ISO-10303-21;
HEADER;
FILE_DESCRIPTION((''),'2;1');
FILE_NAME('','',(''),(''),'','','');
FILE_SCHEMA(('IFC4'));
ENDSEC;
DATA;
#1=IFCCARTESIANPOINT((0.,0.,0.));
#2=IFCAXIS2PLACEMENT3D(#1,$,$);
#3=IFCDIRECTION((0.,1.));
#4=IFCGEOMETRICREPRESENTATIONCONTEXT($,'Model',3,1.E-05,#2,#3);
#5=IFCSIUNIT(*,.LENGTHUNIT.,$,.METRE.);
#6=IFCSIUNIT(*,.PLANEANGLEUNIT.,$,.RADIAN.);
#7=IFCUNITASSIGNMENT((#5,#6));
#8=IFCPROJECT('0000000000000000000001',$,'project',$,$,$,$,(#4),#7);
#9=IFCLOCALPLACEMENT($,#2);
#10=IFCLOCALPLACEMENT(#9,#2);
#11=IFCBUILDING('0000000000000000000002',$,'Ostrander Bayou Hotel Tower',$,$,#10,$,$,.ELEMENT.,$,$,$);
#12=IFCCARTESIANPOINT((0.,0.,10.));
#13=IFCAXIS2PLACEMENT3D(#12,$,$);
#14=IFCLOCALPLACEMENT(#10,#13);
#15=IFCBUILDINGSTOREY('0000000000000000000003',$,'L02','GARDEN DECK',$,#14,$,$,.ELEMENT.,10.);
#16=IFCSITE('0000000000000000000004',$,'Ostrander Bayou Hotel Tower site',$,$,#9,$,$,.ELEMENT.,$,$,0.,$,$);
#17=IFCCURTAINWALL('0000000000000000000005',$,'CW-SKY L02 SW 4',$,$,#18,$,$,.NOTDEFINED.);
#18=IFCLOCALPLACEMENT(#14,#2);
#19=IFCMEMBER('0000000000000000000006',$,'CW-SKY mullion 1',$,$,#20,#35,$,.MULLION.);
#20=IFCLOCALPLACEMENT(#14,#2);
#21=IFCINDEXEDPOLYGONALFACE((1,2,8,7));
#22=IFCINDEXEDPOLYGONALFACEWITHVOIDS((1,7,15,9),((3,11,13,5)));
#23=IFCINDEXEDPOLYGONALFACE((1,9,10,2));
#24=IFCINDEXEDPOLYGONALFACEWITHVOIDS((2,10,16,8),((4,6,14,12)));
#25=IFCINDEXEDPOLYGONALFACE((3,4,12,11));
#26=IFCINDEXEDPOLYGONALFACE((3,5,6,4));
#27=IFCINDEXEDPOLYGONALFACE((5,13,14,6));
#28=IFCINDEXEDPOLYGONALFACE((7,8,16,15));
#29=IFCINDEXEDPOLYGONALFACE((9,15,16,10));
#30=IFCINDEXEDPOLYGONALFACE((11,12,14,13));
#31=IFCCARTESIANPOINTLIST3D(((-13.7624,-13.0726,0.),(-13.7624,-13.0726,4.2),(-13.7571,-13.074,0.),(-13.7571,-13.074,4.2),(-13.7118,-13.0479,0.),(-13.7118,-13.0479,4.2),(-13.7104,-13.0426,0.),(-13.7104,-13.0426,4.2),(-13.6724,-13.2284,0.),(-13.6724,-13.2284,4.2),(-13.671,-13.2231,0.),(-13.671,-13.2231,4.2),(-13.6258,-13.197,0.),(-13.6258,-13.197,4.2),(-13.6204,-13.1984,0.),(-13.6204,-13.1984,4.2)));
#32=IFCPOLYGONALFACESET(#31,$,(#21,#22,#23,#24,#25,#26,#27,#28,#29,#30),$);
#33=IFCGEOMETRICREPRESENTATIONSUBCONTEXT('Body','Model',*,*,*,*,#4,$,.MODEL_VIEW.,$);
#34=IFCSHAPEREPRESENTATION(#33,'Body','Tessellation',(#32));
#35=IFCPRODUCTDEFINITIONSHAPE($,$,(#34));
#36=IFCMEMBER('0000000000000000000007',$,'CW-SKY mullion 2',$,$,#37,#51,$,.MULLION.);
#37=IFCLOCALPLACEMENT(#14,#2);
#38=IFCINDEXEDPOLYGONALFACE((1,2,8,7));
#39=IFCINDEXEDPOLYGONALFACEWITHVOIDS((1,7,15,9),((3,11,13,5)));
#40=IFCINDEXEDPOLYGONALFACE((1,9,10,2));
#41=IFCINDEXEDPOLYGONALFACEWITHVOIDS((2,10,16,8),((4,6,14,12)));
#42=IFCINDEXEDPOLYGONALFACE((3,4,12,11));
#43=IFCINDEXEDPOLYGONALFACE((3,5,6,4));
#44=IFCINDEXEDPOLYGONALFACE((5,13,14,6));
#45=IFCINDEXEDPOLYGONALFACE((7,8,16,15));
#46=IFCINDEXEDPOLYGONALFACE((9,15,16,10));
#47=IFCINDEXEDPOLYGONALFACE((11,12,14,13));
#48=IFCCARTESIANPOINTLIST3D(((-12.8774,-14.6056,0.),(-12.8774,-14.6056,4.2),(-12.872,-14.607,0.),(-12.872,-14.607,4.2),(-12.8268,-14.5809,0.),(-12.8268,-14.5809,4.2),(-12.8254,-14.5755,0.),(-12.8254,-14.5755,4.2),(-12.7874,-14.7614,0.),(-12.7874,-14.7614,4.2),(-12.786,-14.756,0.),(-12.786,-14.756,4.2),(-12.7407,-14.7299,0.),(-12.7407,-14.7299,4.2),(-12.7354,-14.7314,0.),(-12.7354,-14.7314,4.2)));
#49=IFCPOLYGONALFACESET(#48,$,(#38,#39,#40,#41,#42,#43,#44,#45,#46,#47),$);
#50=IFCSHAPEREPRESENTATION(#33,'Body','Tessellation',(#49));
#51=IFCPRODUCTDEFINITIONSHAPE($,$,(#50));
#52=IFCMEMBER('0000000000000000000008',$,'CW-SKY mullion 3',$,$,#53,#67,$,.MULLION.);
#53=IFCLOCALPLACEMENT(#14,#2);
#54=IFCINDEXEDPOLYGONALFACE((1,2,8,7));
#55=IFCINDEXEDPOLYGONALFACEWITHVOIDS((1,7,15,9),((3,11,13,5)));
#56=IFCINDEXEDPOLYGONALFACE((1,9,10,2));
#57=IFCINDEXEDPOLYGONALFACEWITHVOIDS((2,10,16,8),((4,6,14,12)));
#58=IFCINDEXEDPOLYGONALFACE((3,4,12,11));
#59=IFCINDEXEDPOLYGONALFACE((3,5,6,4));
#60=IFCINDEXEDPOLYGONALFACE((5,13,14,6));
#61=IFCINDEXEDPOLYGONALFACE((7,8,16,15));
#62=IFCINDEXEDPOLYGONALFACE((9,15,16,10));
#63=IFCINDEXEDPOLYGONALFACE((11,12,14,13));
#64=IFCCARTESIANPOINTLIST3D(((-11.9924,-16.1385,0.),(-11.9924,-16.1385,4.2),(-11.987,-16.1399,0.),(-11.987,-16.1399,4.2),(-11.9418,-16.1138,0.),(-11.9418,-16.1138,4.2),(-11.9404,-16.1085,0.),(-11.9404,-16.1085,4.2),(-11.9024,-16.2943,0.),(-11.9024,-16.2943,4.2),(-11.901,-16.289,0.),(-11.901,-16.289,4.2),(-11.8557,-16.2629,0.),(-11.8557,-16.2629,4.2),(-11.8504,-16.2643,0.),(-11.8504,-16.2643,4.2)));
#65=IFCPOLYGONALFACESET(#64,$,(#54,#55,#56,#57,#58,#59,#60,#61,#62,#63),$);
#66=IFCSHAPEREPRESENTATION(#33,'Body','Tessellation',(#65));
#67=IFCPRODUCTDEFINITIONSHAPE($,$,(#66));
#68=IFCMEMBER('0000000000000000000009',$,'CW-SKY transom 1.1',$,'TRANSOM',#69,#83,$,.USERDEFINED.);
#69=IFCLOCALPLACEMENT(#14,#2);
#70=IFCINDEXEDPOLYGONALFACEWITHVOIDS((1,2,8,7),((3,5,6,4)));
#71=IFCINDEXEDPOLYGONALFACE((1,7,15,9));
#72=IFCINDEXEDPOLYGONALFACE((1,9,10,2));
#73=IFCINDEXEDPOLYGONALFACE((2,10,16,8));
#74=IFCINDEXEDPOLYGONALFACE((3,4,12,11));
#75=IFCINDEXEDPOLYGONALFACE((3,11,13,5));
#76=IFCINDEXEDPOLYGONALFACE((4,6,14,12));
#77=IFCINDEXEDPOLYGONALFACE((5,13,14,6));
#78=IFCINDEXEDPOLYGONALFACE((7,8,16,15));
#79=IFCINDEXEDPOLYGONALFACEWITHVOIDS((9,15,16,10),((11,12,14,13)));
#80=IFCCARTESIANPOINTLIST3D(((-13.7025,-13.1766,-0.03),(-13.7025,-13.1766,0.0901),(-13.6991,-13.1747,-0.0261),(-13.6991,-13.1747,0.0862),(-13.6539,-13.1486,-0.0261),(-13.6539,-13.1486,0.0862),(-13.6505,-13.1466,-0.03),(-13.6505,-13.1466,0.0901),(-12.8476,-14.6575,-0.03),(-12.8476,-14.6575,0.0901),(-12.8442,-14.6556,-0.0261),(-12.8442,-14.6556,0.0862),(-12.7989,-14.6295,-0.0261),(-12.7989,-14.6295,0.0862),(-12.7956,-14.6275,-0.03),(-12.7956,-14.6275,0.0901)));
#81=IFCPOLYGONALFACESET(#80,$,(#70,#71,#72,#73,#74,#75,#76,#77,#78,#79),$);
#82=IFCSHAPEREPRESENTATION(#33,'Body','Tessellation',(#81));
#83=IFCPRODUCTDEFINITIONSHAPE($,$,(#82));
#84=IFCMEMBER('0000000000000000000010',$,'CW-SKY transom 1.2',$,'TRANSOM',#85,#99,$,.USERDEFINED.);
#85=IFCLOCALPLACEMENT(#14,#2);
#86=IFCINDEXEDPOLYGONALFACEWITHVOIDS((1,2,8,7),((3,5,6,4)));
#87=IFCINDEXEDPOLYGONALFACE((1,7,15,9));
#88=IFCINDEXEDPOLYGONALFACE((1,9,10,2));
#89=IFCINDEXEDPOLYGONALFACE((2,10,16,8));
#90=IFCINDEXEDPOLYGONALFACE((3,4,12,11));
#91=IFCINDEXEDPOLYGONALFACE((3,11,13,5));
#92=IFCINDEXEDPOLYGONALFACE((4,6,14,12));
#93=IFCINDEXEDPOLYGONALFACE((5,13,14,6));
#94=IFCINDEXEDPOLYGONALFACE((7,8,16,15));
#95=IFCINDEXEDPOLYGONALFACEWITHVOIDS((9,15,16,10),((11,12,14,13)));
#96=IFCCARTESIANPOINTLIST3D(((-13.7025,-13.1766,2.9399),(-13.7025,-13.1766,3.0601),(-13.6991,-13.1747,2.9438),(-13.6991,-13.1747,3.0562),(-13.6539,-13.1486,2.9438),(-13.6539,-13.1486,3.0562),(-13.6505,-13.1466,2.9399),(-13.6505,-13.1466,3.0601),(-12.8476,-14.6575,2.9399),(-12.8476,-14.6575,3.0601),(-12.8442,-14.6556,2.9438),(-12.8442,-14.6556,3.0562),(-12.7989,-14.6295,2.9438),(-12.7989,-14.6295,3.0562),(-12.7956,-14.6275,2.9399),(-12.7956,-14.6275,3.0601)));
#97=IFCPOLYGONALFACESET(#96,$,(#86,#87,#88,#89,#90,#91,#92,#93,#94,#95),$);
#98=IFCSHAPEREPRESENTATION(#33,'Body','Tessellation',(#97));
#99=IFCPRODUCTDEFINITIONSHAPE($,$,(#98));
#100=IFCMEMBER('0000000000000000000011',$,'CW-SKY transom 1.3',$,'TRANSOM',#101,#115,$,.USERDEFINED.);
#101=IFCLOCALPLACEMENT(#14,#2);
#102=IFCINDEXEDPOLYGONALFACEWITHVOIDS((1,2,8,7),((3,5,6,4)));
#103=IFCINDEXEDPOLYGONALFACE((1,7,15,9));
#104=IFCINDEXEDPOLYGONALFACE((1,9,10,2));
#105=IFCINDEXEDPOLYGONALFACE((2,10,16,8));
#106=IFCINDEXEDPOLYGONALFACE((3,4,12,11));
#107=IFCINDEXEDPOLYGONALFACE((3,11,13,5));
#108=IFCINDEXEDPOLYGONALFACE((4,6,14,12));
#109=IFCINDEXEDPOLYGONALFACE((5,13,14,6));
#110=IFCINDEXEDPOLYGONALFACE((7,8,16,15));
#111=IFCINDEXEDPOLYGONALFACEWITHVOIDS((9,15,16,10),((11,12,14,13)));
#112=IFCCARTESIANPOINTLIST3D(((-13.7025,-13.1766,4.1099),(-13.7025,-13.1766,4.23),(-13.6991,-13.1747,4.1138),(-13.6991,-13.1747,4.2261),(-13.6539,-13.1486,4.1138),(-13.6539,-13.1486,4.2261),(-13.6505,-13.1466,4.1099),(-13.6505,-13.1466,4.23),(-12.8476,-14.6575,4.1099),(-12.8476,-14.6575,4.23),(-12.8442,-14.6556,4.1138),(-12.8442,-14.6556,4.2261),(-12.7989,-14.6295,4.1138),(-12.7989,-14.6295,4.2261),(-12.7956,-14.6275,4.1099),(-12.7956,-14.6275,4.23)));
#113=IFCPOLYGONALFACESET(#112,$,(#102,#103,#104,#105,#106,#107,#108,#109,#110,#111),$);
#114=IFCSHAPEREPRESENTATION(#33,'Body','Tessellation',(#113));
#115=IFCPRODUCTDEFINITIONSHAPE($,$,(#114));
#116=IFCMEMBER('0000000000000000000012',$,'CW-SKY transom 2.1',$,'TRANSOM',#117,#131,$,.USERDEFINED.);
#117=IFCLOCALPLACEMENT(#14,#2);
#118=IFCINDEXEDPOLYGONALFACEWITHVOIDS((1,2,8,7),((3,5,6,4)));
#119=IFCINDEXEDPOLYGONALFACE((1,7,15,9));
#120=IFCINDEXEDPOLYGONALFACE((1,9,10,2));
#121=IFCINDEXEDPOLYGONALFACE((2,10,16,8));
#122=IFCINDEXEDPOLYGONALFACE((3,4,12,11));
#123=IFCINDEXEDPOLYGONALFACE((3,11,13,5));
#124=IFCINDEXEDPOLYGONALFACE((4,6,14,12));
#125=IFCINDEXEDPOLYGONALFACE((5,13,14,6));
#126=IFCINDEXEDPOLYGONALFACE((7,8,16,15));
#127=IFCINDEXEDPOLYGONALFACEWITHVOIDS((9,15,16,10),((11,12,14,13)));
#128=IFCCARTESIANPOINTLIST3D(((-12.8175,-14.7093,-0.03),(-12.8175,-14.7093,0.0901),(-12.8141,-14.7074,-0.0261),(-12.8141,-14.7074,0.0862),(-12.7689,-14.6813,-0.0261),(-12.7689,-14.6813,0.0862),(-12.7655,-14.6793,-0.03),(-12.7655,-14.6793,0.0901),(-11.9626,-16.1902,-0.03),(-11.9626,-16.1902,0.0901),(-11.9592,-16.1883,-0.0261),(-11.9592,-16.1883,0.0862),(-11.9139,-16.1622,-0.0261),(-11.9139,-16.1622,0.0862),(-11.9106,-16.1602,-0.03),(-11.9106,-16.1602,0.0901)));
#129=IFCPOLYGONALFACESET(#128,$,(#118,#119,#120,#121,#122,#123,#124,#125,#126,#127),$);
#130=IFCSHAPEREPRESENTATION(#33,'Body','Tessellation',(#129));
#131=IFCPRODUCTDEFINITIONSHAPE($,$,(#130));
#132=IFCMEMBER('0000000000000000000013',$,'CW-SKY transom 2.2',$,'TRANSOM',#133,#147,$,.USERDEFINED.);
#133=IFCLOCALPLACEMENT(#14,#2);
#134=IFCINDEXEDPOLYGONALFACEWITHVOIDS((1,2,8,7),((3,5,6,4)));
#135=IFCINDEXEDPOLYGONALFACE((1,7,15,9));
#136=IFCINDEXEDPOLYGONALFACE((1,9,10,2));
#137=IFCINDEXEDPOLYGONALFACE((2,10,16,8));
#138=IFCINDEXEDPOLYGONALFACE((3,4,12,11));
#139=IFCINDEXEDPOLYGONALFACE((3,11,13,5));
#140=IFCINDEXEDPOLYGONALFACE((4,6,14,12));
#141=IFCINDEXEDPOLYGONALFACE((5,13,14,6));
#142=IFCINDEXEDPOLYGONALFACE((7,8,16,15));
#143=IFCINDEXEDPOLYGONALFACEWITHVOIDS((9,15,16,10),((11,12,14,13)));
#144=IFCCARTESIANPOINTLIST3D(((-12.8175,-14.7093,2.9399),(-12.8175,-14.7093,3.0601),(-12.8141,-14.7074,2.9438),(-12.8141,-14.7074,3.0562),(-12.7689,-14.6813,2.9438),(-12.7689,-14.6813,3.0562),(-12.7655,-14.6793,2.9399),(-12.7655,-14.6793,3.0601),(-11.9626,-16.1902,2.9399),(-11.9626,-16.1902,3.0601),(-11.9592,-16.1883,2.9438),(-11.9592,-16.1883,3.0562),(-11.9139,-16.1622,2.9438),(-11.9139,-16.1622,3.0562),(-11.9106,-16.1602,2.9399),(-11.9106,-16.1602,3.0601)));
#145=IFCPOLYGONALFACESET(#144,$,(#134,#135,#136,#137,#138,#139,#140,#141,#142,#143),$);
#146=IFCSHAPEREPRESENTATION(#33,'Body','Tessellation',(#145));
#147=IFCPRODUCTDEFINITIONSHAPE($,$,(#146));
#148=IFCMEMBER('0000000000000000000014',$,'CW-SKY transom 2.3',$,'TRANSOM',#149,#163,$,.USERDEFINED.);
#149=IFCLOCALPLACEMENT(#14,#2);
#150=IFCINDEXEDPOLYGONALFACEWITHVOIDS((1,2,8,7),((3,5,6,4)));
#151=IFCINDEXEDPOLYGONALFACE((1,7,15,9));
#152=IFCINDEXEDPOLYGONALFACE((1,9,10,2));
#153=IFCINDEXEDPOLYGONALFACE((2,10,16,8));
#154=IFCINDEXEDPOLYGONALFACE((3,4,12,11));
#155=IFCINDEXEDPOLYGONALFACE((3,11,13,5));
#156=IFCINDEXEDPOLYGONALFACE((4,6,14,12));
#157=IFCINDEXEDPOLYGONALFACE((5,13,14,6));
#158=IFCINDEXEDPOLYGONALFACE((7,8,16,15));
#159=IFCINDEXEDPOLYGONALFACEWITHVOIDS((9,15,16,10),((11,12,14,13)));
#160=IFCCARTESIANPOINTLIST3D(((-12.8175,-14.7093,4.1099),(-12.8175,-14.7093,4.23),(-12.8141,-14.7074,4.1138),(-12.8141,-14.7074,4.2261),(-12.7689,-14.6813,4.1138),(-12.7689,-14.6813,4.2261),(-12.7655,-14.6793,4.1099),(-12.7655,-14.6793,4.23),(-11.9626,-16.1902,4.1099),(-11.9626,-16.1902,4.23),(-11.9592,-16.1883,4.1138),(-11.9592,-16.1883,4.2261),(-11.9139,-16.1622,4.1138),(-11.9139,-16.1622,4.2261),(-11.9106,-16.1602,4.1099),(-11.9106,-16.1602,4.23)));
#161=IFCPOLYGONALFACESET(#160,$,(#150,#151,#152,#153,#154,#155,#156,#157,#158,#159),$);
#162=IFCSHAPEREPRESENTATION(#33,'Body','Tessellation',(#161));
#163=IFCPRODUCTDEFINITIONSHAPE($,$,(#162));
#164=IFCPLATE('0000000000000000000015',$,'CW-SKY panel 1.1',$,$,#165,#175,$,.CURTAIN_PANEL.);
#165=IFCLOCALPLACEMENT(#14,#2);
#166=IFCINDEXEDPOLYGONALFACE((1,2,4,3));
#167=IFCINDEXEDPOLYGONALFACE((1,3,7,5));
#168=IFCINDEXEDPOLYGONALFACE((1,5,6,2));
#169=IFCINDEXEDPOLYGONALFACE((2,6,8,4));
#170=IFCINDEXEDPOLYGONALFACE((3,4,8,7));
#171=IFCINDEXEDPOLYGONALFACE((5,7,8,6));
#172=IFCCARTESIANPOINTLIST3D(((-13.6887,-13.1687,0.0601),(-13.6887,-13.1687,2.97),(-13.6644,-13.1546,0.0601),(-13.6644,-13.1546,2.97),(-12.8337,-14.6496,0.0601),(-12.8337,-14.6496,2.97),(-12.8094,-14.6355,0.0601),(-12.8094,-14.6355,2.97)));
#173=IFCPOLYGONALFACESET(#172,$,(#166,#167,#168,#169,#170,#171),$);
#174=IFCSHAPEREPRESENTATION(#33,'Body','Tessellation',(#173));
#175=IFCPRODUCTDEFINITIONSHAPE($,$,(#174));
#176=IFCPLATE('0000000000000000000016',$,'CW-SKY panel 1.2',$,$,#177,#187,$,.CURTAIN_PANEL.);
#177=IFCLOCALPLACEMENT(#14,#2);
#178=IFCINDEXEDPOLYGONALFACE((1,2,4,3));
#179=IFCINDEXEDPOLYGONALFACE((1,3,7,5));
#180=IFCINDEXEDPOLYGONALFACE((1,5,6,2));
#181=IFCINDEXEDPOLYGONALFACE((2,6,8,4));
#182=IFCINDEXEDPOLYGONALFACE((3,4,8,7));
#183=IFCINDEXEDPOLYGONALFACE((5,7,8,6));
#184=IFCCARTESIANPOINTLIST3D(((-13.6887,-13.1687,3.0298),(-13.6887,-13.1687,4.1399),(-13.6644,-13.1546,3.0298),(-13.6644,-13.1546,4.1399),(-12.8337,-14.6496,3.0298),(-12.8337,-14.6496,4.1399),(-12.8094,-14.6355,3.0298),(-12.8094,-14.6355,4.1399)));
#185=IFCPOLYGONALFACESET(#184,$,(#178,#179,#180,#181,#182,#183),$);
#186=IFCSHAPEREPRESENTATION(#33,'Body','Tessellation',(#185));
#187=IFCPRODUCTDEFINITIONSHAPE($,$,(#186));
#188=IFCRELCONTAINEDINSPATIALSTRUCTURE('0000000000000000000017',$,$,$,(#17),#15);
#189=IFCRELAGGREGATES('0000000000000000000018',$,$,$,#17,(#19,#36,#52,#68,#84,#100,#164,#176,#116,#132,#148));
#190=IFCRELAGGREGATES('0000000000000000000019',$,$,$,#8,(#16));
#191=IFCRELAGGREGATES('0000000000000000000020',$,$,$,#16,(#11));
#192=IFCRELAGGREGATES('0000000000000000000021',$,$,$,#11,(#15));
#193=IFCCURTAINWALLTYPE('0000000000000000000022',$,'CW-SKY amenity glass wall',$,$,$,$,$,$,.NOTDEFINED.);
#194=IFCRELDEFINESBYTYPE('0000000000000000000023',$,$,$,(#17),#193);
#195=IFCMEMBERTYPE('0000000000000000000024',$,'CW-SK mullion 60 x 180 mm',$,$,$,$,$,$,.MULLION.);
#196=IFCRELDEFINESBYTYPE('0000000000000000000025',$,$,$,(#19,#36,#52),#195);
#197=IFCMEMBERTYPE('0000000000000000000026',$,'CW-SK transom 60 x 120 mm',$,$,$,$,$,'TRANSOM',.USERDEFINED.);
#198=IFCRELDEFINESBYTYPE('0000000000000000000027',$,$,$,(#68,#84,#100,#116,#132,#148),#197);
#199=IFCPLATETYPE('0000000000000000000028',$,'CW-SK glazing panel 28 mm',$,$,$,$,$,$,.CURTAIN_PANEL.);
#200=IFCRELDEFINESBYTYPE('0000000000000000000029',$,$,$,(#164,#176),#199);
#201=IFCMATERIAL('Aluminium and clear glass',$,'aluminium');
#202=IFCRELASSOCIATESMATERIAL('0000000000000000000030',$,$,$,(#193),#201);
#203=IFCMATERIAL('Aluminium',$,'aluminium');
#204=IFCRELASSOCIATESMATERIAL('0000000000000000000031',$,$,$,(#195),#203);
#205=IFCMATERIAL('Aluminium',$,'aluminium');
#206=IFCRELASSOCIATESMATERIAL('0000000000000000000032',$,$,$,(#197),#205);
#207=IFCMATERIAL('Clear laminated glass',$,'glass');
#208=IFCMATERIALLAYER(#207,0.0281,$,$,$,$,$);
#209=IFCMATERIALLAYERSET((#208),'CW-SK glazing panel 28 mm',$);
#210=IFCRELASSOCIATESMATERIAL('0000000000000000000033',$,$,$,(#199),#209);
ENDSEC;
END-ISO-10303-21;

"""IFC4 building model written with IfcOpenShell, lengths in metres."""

from ifc_helpers import new_model, si_unit, direction, frame, origin, origin_2d, place, context, subcontext, project, spatial, rectangle, hollow_rectangle, extrude, material, layer, layer_set, material_profile, profile_set, type_object, element, aggregate, save


model = new_model("IFC4")

# Units and contexts
model_context = context("Model", 3, precision=1e-05, world=origin(), true_north=direction((0.0, 1.0)))
body_context = subcontext(model_context, "Body", "Model", "MODEL_VIEW")
ifc_project = project(units=[si_unit("LENGTHUNIT", "METRE"), si_unit("PLANEANGLEUNIT", "RADIAN")], contexts=[model_context])

# Site, building, storey
site_placement = place(None, origin())
site = spatial("IfcSite", under=ifc_project, at=site_placement, Name="Ostrander Bayou Hotel Tower site", CompositionType="ELEMENT", RefElevation=0.0)
building_placement = place(site_placement, origin())
building = spatial("IfcBuilding", under=site, at=building_placement, Name="Ostrander Bayou Hotel Tower", CompositionType="ELEMENT")
storey_placement = place(building_placement, frame((0.0, 0.0, 10.0)))
storey = spatial("IfcBuildingStorey", under=building, at=storey_placement, Name="L02", Description="GARDEN DECK", CompositionType="ELEMENT", Elevation=10.0)

# Curtain wall, members, plates
ifc_material_1 = material(Name="Aluminium and clear glass", Category="aluminium")
curtain_wall_type = type_object("IfcCurtainWallType", Name="CW-SKY amenity glass wall", PredefinedType="NOTDEFINED", material=ifc_material_1)
curtain_wall_placement = place(storey_placement, origin())
curtain_wall = element("IfcCurtainWall", 1, at=curtain_wall_placement, inside=storey, type_object=curtain_wall_type, Name="CW-SKY L02 SW 4", PredefinedType="NOTDEFINED")
ifc_material_2 = material(Name="Aluminium", Category="aluminium")
ifc_material_profile_1 = material_profile(ifc_material_2, hollow_rectangle(XDim=0.0601, YDim=0.1799, WallThickness=0.0039, at=origin_2d()))
ifc_profile_set_1 = profile_set([ifc_material_profile_1], Name="Aluminium")
member_type_1 = type_object("IfcMemberType", Name="CW-SK mullion 60 x 180 mm", PredefinedType="MULLION", material=ifc_profile_set_1)
member_1_placement = place(storey_placement, frame((-13.6914, -13.1355, 0.0), z_axis=(0.0, 0.0, 1.0), x_axis=(0.866026, 0.499999, 0.0)))
member_1 = element("IfcMember", 2, at=member_1_placement, type_object=member_type_1, Name="CW-SKY mullion 1", PredefinedType="MULLION", context=body_context, shape_type="SweptSolid", body=[
    extrude(hollow_rectangle(XDim=0.0601, YDim=0.1799, WallThickness=0.0039, at=origin_2d()), origin(), (0.0, 0.0, 1.0), 4.2),
])
member_2_placement = place(storey_placement, frame((-12.8064, -14.6685, 0.0), z_axis=(0.0, 0.0, 1.0), x_axis=(0.866026, 0.499999, 0.0)))
member_2 = element("IfcMember", 3, at=member_2_placement, type_object=member_type_1, Name="CW-SKY mullion 2", PredefinedType="MULLION", context=body_context, shape_type="SweptSolid", body=[
    extrude(hollow_rectangle(XDim=0.0601, YDim=0.1799, WallThickness=0.0039, at=origin_2d()), origin(), (0.0, 0.0, 1.0), 4.2),
])
member_3_placement = place(storey_placement, frame((-11.9214, -16.2014, 0.0), z_axis=(0.0, 0.0, 1.0), x_axis=(0.866026, 0.499999, 0.0)))
member_3 = element("IfcMember", 4, at=member_3_placement, type_object=member_type_1, Name="CW-SKY mullion 3", PredefinedType="MULLION", context=body_context, shape_type="SweptSolid", body=[
    extrude(hollow_rectangle(XDim=0.0601, YDim=0.1799, WallThickness=0.0039, at=origin_2d()), origin(), (0.0, 0.0, 1.0), 4.2),
])
ifc_material_3 = material(Name="Aluminium", Category="aluminium")
ifc_material_profile_2 = material_profile(ifc_material_3, hollow_rectangle(XDim=0.0601, YDim=0.1201, WallThickness=0.0039, at=origin_2d()))
ifc_profile_set_2 = profile_set([ifc_material_profile_2], Name="Aluminium")
member_type_2 = type_object("IfcMemberType", Name="CW-SK transom 60 x 120 mm", ElementType="TRANSOM", PredefinedType="USERDEFINED", material=ifc_profile_set_2)
member_4_placement = place(storey_placement, frame((-13.6765, -13.1616, 0.03), z_axis=(0.499978, -0.866038, 0.0), x_axis=(0.866038, 0.499978, 0.0)))
member_4 = element("IfcMember", 5, at=member_4_placement, type_object=member_type_2, Name="CW-SKY transom 1.1", ObjectType="TRANSOM", PredefinedType="USERDEFINED", context=body_context, shape_type="SweptSolid", body=[
    extrude(hollow_rectangle(XDim=0.0601, YDim=0.1201, WallThickness=0.0039, at=origin_2d()), origin(), (0.0, 0.0, 1.0), 1.71),
])
member_5_placement = place(storey_placement, frame((-13.6765, -13.1616, 3.0), z_axis=(0.499978, -0.866038, 0.0), x_axis=(0.866038, 0.499978, 0.0)))
member_5 = element("IfcMember", 6, at=member_5_placement, type_object=member_type_2, Name="CW-SKY transom 1.2", ObjectType="TRANSOM", PredefinedType="USERDEFINED", context=body_context, shape_type="SweptSolid", body=[
    extrude(hollow_rectangle(XDim=0.0601, YDim=0.1201, WallThickness=0.0039, at=origin_2d()), origin(), (0.0, 0.0, 1.0), 1.71),
])
member_6_placement = place(storey_placement, frame((-13.6765, -13.1616, 4.1699), z_axis=(0.499978, -0.866038, 0.0), x_axis=(0.866038, 0.499978, 0.0)))
member_6 = element("IfcMember", 7, at=member_6_placement, type_object=member_type_2, Name="CW-SKY transom 1.3", ObjectType="TRANSOM", PredefinedType="USERDEFINED", context=body_context, shape_type="SweptSolid", body=[
    extrude(hollow_rectangle(XDim=0.0601, YDim=0.1201, WallThickness=0.0039, at=origin_2d()), origin(), (0.0, 0.0, 1.0), 1.71),
])
member_7_placement = place(storey_placement, frame((-12.7915, -14.6943, 0.03), z_axis=(0.499978, -0.866038, 0.0), x_axis=(0.866038, 0.499978, 0.0)))
member_7 = element("IfcMember", 8, at=member_7_placement, type_object=member_type_2, Name="CW-SKY transom 2.1", ObjectType="TRANSOM", PredefinedType="USERDEFINED", context=body_context, shape_type="SweptSolid", body=[
    extrude(hollow_rectangle(XDim=0.0601, YDim=0.1201, WallThickness=0.0039, at=origin_2d()), origin(), (0.0, 0.0, 1.0), 1.71),
])
member_8_placement = place(storey_placement, frame((-12.7915, -14.6943, 3.0), z_axis=(0.499978, -0.866038, 0.0), x_axis=(0.866038, 0.499978, 0.0)))
member_8 = element("IfcMember", 9, at=member_8_placement, type_object=member_type_2, Name="CW-SKY transom 2.2", ObjectType="TRANSOM", PredefinedType="USERDEFINED", context=body_context, shape_type="SweptSolid", body=[
    extrude(hollow_rectangle(XDim=0.0601, YDim=0.1201, WallThickness=0.0039, at=origin_2d()), origin(), (0.0, 0.0, 1.0), 1.71),
])
member_9_placement = place(storey_placement, frame((-12.7915, -14.6943, 4.1699), z_axis=(0.499978, -0.866038, 0.0), x_axis=(0.866038, 0.499978, 0.0)))
member_9 = element("IfcMember", 10, at=member_9_placement, type_object=member_type_2, Name="CW-SKY transom 2.3", ObjectType="TRANSOM", PredefinedType="USERDEFINED", context=body_context, shape_type="SweptSolid", body=[
    extrude(hollow_rectangle(XDim=0.0601, YDim=0.1201, WallThickness=0.0039, at=origin_2d()), origin(), (0.0, 0.0, 1.0), 1.71),
])
ifc_material_4 = material(Name="Clear laminated glass", Category="glass")
ifc_layer_1 = layer(ifc_material_4, 0.0281)
ifc_layer_set_1 = layer_set([ifc_layer_1], Name="CW-SK glazing panel 28 mm")
plate_type = type_object("IfcPlateType", Name="CW-SK glazing panel 28 mm", PredefinedType="CURTAIN_PANEL", material=ifc_layer_set_1)
plate_1_placement = place(storey_placement, frame((-13.249, -13.9021, 0.0601), z_axis=(0.0, 0.0, 1.0), x_axis=(0.499999, -0.866026, 0.0)))
plate_1 = element("IfcPlate", 11, at=plate_1_placement, type_object=plate_type, Name="CW-SKY panel 1.1", PredefinedType="CURTAIN_PANEL", context=body_context, shape_type="SweptSolid", body=[
    extrude(rectangle(XDim=1.71, YDim=0.0281, at=origin_2d()), origin(), (0.0, 0.0, 1.0), 2.9099),
])
plate_2_placement = place(storey_placement, frame((-13.249, -13.9021, 3.0298), z_axis=(0.0, 0.0, 1.0), x_axis=(0.499999, -0.866026, 0.0)))
plate_2 = element("IfcPlate", 12, at=plate_2_placement, type_object=plate_type, Name="CW-SKY panel 1.2", PredefinedType="CURTAIN_PANEL", context=body_context, shape_type="SweptSolid", body=[
    extrude(rectangle(XDim=1.71, YDim=0.0281, at=origin_2d()), origin(), (0.0, 0.0, 1.0), 1.1101),
])
aggregate(curtain_wall, [member_1, member_2, member_3, member_4, member_5, member_6, plate_1, plate_2, member_7, member_8, member_9])

save(model, "model.ifc")
